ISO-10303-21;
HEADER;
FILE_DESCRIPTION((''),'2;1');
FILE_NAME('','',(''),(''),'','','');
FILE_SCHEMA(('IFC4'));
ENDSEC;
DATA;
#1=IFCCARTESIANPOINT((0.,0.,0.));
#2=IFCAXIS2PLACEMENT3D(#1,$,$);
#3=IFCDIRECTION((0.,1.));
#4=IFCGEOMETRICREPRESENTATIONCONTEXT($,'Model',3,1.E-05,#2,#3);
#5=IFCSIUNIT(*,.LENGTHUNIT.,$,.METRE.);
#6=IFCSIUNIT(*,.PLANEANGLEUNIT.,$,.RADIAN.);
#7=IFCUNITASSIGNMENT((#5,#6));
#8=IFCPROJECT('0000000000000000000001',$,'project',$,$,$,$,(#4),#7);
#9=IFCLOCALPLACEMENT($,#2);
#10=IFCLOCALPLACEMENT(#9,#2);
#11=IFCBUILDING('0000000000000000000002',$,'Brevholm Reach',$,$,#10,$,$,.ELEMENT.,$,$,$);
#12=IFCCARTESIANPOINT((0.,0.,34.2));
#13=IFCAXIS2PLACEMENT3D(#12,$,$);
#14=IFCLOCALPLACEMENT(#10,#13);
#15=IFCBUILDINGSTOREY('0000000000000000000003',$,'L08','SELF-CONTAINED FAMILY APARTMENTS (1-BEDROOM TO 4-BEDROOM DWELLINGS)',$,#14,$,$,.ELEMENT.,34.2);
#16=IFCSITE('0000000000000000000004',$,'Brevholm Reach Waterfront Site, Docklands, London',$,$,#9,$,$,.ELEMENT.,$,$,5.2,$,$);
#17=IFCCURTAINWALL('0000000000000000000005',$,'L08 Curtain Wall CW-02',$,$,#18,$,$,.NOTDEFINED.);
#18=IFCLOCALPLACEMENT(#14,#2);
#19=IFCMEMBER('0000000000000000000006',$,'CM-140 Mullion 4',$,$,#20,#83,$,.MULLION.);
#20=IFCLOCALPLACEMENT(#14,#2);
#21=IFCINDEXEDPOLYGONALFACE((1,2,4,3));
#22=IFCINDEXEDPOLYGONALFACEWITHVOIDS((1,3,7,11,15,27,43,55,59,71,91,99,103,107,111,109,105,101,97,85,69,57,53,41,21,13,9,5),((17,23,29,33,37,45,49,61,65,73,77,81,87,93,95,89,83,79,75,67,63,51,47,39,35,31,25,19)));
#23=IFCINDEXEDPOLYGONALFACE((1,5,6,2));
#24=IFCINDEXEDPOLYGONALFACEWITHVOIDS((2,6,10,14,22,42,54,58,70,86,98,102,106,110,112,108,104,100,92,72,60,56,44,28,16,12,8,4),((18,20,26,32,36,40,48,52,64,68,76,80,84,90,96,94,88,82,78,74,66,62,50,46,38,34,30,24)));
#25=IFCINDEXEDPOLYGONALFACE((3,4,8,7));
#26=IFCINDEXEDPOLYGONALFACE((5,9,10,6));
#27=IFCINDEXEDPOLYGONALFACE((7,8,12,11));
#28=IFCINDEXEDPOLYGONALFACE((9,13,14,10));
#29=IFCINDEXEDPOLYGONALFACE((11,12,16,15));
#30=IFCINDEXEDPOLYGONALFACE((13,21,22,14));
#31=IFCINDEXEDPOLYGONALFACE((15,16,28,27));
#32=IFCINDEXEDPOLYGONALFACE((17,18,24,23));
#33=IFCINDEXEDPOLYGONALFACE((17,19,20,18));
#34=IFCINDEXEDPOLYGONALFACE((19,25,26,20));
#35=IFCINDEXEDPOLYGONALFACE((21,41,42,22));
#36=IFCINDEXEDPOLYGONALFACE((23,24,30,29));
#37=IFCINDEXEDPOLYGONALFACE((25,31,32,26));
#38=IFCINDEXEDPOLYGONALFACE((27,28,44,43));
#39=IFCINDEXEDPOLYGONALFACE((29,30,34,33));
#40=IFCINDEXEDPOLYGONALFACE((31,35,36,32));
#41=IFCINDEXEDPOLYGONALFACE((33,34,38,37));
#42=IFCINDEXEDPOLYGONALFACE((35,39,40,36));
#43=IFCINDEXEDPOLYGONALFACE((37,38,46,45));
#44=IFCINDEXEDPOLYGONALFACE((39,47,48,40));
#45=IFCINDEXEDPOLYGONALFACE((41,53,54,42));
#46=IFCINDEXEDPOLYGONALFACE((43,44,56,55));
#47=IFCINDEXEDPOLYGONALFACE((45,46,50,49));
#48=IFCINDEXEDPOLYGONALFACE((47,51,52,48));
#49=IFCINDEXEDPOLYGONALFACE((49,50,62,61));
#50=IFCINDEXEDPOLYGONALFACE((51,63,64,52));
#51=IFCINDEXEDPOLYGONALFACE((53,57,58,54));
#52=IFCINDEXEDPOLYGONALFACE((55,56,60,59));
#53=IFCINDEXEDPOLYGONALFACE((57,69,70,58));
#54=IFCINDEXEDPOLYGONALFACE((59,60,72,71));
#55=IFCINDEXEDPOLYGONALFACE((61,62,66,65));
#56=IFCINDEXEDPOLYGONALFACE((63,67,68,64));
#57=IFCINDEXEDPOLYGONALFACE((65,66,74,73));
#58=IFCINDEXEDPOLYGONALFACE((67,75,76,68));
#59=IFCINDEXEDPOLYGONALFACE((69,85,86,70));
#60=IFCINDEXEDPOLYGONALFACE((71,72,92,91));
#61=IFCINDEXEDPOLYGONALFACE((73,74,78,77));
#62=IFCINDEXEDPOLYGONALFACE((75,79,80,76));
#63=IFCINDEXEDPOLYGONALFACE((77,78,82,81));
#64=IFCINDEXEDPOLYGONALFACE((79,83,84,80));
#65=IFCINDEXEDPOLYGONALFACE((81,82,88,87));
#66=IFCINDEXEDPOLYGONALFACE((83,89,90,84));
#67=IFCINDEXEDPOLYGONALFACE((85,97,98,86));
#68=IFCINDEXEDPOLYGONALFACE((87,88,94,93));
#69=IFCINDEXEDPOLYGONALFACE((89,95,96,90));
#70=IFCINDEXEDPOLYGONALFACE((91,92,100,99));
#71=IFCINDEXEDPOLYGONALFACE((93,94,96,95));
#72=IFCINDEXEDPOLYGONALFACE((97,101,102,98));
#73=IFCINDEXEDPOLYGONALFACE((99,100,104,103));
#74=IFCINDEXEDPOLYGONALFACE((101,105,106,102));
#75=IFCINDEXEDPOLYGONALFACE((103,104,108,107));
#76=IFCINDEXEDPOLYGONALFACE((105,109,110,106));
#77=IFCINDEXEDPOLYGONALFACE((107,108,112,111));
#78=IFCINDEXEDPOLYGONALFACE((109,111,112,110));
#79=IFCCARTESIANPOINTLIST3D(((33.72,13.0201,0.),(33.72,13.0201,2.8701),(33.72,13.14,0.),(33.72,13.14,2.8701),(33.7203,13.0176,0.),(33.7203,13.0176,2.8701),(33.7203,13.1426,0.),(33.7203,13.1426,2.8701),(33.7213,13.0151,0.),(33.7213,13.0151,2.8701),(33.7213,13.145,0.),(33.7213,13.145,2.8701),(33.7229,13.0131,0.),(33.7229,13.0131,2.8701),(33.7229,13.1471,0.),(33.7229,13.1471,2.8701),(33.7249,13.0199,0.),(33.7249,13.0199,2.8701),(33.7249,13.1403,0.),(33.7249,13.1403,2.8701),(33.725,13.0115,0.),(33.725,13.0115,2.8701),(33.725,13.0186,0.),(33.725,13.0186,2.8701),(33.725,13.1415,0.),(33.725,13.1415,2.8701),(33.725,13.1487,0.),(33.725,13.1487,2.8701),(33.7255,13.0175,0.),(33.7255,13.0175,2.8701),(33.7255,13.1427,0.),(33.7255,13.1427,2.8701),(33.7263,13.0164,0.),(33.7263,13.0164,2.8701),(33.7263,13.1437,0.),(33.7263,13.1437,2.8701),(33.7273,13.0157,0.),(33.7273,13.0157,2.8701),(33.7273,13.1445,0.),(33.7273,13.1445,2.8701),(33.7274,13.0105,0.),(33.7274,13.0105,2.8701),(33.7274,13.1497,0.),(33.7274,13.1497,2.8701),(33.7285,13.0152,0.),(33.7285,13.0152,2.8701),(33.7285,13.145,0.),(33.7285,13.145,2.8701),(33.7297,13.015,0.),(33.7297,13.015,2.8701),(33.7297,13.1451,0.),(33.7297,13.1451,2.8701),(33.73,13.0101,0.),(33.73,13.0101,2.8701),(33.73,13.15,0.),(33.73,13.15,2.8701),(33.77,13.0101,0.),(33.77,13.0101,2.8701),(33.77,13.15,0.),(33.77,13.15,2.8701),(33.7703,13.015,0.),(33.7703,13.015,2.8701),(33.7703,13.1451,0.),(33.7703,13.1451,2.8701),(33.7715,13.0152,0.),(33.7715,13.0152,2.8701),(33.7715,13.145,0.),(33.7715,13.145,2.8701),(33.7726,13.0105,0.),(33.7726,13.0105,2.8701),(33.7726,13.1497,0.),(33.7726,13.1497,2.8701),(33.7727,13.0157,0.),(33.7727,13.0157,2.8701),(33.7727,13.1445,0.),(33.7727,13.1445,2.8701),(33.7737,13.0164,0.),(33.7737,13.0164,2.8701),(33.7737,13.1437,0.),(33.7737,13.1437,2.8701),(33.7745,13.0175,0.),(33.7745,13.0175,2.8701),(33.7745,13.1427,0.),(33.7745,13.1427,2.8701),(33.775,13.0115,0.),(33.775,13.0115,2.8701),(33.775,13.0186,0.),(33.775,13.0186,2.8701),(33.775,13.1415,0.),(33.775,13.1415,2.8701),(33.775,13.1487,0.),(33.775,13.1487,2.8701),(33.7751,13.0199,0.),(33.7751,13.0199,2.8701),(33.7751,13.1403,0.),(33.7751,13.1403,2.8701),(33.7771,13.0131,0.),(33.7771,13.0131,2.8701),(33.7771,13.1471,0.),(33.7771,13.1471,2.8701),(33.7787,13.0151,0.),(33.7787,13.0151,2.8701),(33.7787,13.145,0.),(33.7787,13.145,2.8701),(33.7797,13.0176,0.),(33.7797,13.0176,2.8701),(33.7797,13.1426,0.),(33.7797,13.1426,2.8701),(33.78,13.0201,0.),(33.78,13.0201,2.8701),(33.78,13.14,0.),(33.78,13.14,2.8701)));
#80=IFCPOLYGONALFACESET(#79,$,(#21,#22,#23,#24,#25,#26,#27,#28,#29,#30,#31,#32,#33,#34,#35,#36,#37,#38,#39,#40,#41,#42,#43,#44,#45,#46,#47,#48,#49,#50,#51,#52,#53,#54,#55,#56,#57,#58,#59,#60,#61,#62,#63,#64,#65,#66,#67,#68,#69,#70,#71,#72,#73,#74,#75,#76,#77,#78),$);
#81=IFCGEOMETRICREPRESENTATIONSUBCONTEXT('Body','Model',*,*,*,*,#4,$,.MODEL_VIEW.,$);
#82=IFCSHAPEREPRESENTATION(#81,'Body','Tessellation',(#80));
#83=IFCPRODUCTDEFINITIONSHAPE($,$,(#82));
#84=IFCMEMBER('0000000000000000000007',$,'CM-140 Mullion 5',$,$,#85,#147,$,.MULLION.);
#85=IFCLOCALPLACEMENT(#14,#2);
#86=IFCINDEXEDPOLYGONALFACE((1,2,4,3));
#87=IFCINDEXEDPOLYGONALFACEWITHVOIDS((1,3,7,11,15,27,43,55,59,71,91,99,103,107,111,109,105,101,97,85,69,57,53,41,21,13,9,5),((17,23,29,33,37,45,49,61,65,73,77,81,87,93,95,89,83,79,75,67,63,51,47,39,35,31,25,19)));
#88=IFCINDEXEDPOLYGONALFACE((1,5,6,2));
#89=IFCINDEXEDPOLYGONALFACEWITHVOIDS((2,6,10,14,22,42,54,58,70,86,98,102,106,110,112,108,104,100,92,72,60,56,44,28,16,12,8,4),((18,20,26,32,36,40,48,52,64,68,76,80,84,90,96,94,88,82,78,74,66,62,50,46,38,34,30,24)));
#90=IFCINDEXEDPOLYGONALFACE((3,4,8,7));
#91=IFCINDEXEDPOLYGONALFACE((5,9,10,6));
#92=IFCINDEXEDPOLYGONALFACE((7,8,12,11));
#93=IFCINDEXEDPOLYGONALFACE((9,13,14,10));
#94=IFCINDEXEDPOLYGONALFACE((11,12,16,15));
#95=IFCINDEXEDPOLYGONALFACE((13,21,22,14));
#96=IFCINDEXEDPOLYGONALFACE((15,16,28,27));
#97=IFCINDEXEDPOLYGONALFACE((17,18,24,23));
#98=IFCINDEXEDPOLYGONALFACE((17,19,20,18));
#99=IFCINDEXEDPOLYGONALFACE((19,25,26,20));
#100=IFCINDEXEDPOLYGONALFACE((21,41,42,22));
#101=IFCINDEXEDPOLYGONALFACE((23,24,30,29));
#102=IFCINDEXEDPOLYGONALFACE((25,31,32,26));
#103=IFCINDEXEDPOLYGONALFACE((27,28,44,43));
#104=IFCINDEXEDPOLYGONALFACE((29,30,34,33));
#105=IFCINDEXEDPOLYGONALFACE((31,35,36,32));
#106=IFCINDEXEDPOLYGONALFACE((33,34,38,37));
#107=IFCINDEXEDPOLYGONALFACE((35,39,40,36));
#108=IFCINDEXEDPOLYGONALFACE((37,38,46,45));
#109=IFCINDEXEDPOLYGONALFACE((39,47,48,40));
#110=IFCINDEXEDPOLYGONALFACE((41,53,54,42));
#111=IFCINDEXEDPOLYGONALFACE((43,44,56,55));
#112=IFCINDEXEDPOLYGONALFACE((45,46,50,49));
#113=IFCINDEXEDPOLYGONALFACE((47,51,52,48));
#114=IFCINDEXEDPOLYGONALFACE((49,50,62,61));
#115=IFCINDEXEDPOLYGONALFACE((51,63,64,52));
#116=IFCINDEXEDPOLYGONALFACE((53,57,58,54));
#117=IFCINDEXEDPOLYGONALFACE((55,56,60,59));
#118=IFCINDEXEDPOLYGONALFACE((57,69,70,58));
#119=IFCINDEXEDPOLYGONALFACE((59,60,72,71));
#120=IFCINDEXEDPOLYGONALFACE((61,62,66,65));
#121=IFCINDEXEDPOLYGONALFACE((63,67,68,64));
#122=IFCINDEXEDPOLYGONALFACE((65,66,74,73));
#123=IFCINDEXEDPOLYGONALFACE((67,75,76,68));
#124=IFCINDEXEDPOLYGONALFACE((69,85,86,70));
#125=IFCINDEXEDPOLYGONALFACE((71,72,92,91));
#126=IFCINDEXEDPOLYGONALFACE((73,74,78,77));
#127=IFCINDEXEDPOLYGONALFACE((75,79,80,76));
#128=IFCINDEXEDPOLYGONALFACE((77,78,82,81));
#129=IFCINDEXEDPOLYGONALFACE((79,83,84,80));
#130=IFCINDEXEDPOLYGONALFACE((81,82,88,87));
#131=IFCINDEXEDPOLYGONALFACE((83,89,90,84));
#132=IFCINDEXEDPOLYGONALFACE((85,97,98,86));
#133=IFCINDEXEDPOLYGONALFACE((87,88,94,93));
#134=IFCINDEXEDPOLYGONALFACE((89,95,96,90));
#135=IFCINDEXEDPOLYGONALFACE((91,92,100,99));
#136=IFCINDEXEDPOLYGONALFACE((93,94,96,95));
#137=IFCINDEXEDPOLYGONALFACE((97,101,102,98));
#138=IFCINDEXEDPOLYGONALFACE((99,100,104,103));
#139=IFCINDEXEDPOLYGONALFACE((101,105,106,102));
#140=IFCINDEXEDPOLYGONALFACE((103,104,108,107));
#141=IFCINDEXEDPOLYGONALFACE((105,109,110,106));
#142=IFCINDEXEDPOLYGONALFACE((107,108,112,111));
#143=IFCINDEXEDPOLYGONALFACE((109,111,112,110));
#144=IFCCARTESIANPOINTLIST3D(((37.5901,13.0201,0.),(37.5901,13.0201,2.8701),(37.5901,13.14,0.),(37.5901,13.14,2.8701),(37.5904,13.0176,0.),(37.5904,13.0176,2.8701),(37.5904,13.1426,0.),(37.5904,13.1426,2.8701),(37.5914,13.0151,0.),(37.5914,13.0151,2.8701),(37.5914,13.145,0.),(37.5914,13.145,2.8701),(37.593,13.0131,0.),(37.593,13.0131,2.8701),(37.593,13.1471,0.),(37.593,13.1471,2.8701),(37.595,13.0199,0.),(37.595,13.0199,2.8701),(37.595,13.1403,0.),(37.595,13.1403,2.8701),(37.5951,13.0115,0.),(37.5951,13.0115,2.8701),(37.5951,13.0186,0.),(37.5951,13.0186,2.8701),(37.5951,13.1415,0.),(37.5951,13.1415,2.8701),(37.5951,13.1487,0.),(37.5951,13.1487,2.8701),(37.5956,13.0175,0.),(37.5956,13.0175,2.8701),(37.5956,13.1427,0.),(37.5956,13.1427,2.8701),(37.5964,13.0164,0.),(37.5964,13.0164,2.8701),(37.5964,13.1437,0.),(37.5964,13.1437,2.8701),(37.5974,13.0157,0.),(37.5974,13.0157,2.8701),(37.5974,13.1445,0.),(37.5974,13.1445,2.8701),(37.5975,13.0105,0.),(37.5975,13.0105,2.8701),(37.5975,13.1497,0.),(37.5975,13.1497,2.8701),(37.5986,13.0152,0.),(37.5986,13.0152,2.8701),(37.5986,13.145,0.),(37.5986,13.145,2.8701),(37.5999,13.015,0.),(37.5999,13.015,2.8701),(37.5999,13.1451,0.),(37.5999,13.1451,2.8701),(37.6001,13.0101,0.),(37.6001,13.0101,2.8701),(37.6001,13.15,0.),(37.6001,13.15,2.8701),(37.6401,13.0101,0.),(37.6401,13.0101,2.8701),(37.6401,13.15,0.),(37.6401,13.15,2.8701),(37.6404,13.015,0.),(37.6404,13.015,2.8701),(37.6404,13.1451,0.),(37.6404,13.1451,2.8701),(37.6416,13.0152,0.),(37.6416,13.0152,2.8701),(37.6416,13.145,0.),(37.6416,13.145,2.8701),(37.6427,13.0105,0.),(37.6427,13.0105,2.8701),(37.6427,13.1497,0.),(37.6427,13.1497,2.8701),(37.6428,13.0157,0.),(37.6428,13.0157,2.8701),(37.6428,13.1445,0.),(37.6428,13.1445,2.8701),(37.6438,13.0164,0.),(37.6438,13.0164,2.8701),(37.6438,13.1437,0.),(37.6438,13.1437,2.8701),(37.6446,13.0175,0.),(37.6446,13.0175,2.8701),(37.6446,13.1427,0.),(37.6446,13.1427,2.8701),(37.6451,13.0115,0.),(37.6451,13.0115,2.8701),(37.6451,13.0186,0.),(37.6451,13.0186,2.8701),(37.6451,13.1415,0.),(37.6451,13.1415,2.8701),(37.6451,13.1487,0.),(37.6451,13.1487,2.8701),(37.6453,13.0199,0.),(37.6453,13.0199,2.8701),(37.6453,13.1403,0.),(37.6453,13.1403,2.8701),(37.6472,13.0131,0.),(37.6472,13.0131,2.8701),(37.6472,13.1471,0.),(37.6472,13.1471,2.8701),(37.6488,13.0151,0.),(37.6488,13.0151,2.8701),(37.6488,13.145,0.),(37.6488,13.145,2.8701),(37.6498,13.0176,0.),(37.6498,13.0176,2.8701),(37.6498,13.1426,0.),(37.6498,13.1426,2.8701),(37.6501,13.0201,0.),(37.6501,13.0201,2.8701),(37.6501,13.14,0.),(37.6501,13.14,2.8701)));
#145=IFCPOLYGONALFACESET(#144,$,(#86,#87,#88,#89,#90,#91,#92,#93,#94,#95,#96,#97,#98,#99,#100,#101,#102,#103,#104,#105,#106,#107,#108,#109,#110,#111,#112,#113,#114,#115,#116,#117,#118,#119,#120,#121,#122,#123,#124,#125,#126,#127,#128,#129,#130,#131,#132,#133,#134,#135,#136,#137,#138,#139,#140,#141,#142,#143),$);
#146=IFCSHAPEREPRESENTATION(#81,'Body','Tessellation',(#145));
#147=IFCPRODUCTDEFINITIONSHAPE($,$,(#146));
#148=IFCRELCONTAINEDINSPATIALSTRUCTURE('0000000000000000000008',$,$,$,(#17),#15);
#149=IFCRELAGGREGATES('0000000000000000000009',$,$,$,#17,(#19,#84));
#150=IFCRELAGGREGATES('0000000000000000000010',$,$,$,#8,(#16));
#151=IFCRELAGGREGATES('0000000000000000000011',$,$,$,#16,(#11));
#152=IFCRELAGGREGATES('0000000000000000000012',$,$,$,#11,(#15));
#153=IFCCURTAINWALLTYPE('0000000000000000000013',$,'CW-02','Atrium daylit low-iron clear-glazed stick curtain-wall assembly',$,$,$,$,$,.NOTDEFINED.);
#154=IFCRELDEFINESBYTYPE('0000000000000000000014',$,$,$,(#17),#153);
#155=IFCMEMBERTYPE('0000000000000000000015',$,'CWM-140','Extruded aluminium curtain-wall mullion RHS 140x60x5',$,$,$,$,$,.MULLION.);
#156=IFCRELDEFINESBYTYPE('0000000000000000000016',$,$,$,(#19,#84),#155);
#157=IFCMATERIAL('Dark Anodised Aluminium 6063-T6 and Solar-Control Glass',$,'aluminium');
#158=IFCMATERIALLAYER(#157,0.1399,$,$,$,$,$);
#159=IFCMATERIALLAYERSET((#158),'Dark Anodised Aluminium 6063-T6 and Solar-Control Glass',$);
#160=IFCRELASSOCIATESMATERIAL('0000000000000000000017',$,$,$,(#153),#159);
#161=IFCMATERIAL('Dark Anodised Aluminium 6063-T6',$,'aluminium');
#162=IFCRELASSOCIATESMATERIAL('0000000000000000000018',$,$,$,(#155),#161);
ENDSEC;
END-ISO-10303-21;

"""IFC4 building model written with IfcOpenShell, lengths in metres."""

from ifc_helpers import new_model, si_unit, direction, frame, origin, origin_2d, place, context, subcontext, project, spatial, hollow_rectangle, extrude, material, layer, layer_set, material_profile, profile_set, type_object, element, aggregate, save


model = new_model("IFC4")

# Units and contexts
model_context = context("Model", 3, precision=1e-05, world=origin(), true_north=direction((0.0, 1.0)))
body_context = subcontext(model_context, "Body", "Model", "MODEL_VIEW")
ifc_project = project(units=[si_unit("LENGTHUNIT", "METRE"), si_unit("PLANEANGLEUNIT", "RADIAN")], contexts=[model_context])

# Site, building, storey
site_placement = place(None, origin())
site = spatial("IfcSite", under=ifc_project, at=site_placement, Name="Brevholm Reach Waterfront Site, Docklands, London", CompositionType="ELEMENT", RefElevation=5.2)
building_placement = place(site_placement, origin())
building = spatial("IfcBuilding", under=site, at=building_placement, Name="Brevholm Reach", CompositionType="ELEMENT")
storey_placement = place(building_placement, frame((0.0, 0.0, 34.2)))
storey = spatial("IfcBuildingStorey", under=building, at=storey_placement, Name="L08", Description="SELF-CONTAINED FAMILY APARTMENTS (1-BEDROOM TO 4-BEDROOM DWELLINGS)", CompositionType="ELEMENT", Elevation=34.2)

# Curtain wall, members
ifc_material_1 = material(Name="Dark Anodised Aluminium 6063-T6 and Solar-Control Glass", Category="aluminium")
ifc_layer_1 = layer(ifc_material_1, 0.1399)
ifc_layer_set_1 = layer_set([ifc_layer_1], Name="Dark Anodised Aluminium 6063-T6 and Solar-Control Glass")
curtain_wall_type = type_object("IfcCurtainWallType", Name="CW-02", Description="Atrium daylit low-iron clear-glazed stick curtain-wall assembly", PredefinedType="NOTDEFINED", material=ifc_layer_set_1)
curtain_wall_placement = place(storey_placement, origin())
curtain_wall = element("IfcCurtainWall", 1, at=curtain_wall_placement, inside=storey, type_object=curtain_wall_type, Name="L08 Curtain Wall CW-02", PredefinedType="NOTDEFINED")
ifc_material_2 = material(Name="Dark Anodised Aluminium 6063-T6", Category="aluminium")
ifc_material_profile_1 = material_profile(ifc_material_2, hollow_rectangle(XDim=0.0601, YDim=0.1399, WallThickness=0.0049, InnerFilletRadius=0.0049, OuterFilletRadius=0.01, at=origin_2d()), Name="RHS 140x60x5")
ifc_profile_set_1 = profile_set([ifc_material_profile_1], Name="Dark Anodised Aluminium 6063-T6")
member_type_1 = type_object("IfcMemberType", Name="CWM-140", Description="Extruded aluminium curtain-wall mullion RHS 140x60x5", PredefinedType="MULLION", material=ifc_profile_set_1)
member_1_placement = place(storey_placement, frame((33.75, 13.0801, 0.0), z_axis=(0.0, 0.0, 1.0), x_axis=(1.0, 0.0, 0.0)))
member_1 = element("IfcMember", 2, at=member_1_placement, type_object=member_type_1, Name="CM-140 Mullion 4", PredefinedType="MULLION", context=body_context, shape_type="SweptSolid", body=[
    extrude(hollow_rectangle(XDim=0.0601, YDim=0.1399, WallThickness=0.0049, InnerFilletRadius=0.0049, OuterFilletRadius=0.01, at=origin_2d()), origin(), (0.0, 0.0, 1.0), 2.8701),
])
member_2_placement = place(storey_placement, frame((37.6201, 13.0801, 0.0), z_axis=(0.0, 0.0, 1.0), x_axis=(1.0, 0.0, 0.0)))
member_2 = element("IfcMember", 3, at=member_2_placement, type_object=member_type_1, Name="CM-140 Mullion 5", PredefinedType="MULLION", context=body_context, shape_type="SweptSolid", body=[
    extrude(hollow_rectangle(XDim=0.0601, YDim=0.1399, WallThickness=0.0049, InnerFilletRadius=0.0049, OuterFilletRadius=0.01, at=origin_2d()), origin(), (0.0, 0.0, 1.0), 2.8701),
])
aggregate(curtain_wall, [member_1, member_2])

save(model, "model.ifc")
